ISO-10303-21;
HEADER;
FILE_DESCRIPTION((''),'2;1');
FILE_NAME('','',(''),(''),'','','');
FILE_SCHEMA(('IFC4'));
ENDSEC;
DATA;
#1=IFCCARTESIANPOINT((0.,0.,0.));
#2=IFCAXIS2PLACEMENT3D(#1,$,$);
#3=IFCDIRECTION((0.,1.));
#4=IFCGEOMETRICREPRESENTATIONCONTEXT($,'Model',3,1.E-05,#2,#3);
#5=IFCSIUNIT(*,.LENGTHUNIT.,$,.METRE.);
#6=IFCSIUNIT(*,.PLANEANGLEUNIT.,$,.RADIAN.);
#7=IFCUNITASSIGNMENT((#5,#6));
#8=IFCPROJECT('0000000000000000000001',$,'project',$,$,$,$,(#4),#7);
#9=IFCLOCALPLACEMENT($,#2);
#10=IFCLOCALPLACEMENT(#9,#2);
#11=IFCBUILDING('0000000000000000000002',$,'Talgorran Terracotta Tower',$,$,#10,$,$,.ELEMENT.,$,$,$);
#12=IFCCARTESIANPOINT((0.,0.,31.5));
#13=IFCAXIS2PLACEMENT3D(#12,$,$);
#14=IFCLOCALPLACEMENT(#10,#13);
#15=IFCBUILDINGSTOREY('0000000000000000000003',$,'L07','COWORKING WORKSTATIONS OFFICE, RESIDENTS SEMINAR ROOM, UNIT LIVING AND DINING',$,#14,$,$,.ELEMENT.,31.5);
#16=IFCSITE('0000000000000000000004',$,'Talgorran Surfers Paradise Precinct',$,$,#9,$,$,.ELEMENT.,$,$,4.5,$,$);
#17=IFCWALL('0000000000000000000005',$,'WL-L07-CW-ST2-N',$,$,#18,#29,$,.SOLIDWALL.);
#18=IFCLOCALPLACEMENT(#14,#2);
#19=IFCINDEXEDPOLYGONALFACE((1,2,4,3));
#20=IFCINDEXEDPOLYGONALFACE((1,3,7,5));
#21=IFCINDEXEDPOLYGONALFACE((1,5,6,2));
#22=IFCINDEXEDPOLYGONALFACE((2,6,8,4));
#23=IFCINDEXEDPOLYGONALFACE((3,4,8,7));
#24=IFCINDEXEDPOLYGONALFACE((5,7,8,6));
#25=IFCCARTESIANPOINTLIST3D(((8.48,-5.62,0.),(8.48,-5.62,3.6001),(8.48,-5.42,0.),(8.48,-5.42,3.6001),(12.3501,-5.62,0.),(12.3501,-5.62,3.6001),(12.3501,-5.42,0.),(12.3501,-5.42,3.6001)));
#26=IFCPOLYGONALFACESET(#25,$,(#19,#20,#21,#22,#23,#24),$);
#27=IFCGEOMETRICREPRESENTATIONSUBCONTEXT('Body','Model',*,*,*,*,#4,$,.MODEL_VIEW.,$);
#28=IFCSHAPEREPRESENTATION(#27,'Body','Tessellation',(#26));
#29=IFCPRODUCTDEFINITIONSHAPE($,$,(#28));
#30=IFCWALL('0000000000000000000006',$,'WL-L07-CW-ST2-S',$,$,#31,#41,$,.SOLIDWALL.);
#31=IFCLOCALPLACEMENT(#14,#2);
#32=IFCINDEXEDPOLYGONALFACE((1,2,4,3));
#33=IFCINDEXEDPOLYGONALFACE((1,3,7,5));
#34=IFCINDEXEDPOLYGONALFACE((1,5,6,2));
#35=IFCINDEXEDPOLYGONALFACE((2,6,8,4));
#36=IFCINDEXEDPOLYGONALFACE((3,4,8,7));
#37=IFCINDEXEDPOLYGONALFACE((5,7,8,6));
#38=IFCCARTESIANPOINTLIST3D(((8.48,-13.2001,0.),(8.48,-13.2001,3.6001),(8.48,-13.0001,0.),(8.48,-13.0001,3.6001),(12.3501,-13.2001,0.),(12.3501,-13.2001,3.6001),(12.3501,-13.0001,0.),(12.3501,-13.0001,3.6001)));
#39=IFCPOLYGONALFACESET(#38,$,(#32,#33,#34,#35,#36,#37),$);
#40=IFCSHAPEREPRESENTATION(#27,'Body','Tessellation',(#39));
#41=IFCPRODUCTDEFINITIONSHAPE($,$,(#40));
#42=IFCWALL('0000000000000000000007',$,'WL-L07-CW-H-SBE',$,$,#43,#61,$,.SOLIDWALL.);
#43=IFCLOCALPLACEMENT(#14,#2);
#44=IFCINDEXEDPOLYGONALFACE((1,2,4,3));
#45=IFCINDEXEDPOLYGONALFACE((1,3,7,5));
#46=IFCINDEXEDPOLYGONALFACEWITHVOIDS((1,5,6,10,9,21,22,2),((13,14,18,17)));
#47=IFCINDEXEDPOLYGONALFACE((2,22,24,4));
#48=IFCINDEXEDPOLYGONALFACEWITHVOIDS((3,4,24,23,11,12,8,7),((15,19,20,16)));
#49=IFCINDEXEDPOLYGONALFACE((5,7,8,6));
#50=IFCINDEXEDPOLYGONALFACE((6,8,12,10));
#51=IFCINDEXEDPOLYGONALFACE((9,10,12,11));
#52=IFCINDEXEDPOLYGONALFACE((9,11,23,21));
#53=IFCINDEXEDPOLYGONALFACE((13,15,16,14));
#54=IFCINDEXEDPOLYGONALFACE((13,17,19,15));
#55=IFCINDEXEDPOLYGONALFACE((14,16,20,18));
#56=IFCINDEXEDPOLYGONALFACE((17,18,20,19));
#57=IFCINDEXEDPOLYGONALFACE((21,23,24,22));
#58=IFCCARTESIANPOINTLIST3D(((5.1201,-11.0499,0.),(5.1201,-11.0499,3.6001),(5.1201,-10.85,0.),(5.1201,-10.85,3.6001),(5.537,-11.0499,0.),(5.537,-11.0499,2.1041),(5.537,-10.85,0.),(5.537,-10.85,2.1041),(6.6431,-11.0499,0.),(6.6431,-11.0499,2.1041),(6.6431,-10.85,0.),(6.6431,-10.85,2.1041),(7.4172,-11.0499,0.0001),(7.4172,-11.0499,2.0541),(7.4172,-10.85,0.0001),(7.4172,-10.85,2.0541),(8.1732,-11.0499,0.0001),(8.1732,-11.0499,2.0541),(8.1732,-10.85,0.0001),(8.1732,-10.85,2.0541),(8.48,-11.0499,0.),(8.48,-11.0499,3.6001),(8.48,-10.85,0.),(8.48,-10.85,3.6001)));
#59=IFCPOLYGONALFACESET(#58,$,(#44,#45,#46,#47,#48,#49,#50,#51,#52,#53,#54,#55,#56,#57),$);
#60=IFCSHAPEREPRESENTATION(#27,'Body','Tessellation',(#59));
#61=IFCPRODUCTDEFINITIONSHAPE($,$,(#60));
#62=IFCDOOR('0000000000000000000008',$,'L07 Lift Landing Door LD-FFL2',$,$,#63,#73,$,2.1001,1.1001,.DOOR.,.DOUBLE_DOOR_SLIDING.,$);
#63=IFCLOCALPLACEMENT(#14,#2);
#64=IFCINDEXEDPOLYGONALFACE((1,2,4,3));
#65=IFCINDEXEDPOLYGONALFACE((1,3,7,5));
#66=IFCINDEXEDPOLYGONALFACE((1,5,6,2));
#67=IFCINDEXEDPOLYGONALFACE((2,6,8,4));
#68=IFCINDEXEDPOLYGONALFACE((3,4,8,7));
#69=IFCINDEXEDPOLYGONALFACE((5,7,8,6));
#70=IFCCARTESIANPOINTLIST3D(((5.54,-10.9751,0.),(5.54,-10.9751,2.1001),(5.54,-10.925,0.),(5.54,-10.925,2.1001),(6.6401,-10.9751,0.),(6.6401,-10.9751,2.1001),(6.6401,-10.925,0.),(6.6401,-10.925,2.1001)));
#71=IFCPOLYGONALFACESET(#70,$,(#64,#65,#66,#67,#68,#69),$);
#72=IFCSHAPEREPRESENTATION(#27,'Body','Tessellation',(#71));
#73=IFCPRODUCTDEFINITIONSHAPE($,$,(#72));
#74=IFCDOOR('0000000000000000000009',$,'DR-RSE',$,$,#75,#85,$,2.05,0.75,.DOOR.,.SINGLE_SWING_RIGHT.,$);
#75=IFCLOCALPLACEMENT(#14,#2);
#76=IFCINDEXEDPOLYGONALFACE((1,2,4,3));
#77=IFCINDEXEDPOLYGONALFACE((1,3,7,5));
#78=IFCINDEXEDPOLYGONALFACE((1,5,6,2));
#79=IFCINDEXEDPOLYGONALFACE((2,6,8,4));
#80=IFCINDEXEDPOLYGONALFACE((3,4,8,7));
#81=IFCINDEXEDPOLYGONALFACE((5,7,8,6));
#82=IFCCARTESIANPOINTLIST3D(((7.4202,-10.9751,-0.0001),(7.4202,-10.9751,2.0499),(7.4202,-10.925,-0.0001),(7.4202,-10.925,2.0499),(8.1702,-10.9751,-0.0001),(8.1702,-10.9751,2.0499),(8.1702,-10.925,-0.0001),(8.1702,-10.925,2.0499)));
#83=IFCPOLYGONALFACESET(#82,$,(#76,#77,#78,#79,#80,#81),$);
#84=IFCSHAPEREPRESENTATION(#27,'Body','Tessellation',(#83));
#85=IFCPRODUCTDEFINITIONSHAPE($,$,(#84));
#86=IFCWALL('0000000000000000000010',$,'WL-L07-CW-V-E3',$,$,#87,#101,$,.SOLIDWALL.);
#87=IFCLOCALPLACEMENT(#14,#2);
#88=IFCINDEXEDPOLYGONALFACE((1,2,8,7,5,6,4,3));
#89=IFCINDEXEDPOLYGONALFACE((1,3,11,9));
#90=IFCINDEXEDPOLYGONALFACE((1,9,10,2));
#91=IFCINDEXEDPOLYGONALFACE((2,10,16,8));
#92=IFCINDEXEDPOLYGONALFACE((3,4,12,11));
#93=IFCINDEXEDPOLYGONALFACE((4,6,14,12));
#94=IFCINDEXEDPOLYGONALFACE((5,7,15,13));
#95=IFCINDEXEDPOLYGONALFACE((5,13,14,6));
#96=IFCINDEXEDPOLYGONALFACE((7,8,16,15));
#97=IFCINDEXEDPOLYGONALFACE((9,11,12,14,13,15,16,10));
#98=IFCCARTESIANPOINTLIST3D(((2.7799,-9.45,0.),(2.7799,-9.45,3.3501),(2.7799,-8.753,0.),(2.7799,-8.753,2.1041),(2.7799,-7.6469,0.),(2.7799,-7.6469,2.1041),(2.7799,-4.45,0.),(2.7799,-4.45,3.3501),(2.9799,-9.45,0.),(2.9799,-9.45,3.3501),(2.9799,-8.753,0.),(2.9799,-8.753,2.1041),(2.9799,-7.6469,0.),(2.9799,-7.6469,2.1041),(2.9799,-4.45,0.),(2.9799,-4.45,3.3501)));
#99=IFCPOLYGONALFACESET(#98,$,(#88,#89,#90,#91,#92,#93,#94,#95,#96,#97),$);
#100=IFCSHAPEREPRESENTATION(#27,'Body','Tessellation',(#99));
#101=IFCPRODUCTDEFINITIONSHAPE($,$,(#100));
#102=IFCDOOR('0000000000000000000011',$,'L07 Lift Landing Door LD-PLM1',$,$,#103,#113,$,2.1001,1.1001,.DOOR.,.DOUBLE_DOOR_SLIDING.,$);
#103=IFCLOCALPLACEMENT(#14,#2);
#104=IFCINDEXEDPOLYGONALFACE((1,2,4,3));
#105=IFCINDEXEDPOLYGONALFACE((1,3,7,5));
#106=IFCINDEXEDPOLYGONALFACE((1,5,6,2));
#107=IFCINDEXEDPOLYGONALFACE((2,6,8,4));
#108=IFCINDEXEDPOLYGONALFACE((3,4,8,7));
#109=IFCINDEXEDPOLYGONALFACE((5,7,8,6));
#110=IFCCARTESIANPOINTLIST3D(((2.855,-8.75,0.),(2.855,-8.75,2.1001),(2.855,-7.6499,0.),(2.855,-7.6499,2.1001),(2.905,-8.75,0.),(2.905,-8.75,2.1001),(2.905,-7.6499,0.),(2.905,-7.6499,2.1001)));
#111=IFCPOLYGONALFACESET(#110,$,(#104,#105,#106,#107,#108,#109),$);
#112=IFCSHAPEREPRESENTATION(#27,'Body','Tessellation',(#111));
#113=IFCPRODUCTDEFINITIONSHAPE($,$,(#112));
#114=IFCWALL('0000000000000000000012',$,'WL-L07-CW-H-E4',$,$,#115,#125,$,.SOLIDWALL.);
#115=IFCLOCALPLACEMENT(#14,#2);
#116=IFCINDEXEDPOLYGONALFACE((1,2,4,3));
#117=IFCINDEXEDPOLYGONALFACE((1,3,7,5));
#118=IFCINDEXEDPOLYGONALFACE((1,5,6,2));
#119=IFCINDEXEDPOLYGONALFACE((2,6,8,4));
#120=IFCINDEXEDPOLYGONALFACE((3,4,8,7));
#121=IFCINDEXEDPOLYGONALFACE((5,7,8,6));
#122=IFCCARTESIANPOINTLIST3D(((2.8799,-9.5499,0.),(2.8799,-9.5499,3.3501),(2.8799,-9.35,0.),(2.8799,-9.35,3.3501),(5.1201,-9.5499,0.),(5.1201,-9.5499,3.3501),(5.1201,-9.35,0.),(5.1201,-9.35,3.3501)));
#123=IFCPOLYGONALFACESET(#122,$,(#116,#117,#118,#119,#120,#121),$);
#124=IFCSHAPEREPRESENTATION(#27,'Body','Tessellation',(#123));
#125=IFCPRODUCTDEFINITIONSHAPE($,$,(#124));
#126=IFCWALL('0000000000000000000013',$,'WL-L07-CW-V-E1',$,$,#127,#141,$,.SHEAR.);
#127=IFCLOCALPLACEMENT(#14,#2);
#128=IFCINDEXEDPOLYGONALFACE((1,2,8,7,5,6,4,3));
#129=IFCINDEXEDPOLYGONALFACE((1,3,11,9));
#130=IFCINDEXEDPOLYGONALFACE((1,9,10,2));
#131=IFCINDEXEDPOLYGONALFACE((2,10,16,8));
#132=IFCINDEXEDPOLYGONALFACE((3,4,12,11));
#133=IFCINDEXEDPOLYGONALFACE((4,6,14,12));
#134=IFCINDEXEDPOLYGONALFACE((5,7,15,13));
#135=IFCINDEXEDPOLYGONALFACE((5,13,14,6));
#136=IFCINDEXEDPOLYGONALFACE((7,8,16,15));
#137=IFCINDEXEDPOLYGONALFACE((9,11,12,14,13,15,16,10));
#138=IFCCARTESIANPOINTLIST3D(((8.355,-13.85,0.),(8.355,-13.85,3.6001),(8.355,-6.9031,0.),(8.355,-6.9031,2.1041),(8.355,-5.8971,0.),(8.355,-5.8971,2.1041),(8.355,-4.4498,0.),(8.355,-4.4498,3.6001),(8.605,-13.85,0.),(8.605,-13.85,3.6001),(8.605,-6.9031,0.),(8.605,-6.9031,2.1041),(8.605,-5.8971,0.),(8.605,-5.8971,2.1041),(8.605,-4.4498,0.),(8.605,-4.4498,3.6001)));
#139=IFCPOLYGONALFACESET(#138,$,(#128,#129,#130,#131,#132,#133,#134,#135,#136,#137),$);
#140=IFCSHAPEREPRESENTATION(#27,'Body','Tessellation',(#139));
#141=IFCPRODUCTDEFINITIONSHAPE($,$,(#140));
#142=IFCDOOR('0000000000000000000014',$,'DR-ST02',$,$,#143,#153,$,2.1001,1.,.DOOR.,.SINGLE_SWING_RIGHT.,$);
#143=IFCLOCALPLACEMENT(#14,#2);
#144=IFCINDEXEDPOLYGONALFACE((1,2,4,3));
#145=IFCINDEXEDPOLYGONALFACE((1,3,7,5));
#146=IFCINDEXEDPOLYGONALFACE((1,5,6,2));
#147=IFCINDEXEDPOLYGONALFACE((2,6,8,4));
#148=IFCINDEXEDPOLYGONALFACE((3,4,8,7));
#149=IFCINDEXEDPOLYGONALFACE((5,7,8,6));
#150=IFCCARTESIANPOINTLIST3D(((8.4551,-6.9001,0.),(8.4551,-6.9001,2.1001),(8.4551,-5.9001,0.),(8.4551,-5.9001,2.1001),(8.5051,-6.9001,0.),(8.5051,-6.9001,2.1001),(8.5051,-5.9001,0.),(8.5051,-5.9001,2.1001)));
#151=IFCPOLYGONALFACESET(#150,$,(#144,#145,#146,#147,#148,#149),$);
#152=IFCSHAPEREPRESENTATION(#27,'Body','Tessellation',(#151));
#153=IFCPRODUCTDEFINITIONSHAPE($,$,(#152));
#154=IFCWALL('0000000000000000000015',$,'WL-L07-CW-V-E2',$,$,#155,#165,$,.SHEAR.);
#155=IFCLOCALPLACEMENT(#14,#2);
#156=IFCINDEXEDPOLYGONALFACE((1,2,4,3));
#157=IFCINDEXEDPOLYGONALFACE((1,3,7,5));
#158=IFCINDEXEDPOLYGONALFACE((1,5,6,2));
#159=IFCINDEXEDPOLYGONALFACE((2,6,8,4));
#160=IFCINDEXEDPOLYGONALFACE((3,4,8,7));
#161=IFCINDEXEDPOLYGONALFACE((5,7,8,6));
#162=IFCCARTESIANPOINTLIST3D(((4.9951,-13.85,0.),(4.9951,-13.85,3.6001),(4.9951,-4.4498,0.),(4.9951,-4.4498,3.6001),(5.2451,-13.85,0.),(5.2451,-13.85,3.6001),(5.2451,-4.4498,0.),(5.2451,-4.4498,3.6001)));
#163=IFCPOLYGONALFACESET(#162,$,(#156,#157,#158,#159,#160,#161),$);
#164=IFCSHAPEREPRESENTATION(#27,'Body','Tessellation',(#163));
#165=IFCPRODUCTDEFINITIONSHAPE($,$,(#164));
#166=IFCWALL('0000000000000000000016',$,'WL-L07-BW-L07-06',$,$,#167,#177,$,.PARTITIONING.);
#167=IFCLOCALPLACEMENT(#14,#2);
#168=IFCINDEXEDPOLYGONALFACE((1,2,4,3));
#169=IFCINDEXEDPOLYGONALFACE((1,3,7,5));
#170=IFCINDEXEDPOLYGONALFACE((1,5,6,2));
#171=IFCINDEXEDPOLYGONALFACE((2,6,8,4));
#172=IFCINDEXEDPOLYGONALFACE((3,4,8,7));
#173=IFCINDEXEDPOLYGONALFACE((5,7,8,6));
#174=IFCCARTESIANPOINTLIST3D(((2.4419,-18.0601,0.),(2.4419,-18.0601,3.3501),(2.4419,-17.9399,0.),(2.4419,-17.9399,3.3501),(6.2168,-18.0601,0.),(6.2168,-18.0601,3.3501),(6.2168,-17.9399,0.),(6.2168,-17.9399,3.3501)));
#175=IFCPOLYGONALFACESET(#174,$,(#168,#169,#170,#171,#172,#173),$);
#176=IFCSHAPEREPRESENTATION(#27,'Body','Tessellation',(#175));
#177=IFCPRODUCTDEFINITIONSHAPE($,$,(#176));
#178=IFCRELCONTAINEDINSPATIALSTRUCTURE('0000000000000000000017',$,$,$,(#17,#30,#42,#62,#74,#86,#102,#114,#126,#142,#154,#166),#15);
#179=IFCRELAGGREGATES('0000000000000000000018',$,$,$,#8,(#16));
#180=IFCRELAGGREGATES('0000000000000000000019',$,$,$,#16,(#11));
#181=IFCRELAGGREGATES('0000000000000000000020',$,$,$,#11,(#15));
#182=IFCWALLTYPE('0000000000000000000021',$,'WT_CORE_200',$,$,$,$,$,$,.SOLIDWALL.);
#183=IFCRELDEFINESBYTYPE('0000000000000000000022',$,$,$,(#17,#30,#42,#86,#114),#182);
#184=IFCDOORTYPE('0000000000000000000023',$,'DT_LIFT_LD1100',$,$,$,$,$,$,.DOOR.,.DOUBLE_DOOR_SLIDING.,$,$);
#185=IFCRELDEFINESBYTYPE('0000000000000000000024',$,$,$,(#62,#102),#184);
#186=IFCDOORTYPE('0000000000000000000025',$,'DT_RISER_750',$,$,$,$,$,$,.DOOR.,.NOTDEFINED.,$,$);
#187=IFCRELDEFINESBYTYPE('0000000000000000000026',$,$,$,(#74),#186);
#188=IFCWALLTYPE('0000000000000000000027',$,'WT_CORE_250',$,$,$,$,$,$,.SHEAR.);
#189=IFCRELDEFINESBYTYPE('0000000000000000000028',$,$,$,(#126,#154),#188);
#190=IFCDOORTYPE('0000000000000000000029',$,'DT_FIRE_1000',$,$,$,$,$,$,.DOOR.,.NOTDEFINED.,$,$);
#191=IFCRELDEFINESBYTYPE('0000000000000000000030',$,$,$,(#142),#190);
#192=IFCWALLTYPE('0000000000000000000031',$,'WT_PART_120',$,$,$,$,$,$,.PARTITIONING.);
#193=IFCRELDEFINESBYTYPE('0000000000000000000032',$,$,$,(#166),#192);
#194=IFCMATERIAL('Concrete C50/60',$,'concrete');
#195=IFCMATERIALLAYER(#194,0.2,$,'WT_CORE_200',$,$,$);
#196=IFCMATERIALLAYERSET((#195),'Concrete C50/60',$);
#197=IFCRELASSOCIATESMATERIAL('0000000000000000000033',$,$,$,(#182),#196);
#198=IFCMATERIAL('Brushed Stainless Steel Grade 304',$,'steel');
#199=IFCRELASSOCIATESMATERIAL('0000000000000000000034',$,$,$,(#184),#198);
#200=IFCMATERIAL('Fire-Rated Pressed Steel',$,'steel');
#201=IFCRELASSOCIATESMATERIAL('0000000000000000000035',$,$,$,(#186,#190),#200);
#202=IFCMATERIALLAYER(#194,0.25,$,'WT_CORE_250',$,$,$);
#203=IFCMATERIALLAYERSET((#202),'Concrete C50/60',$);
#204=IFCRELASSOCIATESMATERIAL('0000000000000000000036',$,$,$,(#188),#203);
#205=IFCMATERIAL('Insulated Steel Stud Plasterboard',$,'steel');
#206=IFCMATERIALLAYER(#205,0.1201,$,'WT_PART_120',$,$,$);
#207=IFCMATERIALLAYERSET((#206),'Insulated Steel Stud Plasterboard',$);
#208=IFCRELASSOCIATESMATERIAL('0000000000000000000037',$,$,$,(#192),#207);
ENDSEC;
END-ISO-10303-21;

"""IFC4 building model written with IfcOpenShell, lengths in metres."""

from ifc_helpers import new_model, si_unit, direction, frame, frame_2d, origin, place, context, subcontext, project, spatial, rectangle, extrude, material, layer, layer_set, type_object, element, fill, save


model = new_model("IFC4")

# Units and contexts
model_context = context("Model", 3, precision=1e-05, world=origin(), true_north=direction((0.0, 1.0)))
body_context = subcontext(model_context, "Body", "Model", "MODEL_VIEW")
ifc_project = project(units=[si_unit("LENGTHUNIT", "METRE"), si_unit("PLANEANGLEUNIT", "RADIAN")], contexts=[model_context])

# Site, building, storey
site_placement = place(None, origin())
site = spatial("IfcSite", under=ifc_project, at=site_placement, Name="Talgorran Surfers Paradise Precinct", CompositionType="ELEMENT", RefElevation=4.5)
building_placement = place(site_placement, origin())
building = spatial("IfcBuilding", under=site, at=building_placement, Name="Talgorran Terracotta Tower", CompositionType="ELEMENT")
storey_placement = place(building_placement, frame((0.0, 0.0, 31.5)))
storey = spatial("IfcBuildingStorey", under=building, at=storey_placement, Name="L07", Description="COWORKING WORKSTATIONS OFFICE, RESIDENTS SEMINAR ROOM, UNIT LIVING AND DINING", CompositionType="ELEMENT", Elevation=31.5)

# Walls
ifc_material_1 = material(Name="Concrete C50/60", Category="concrete")
ifc_layer_1 = layer(ifc_material_1, 0.2, Name="WT_CORE_200")
ifc_layer_set_1 = layer_set([ifc_layer_1], Name="Concrete C50/60")
wall_type_1 = type_object("IfcWallType", Name="WT_CORE_200", PredefinedType="SOLIDWALL", material=ifc_layer_set_1)
for number, where, z_axis, x_axis, name in (
    (1, (8.48, -5.52, 0.0), (0.0, 0.0, 1.0), (1.0, 0.0, 0.0), "WL-L07-CW-ST2-N"),
    (2, (8.48, -13.1001, 0.0), (0.0, 0.0, 1.0), (1.0, 0.0, 0.0), "WL-L07-CW-ST2-S"),
):
    element("IfcWall", number, at=place(storey_placement, frame(where, z_axis=z_axis, x_axis=x_axis)), inside=storey, type_object=wall_type_1, Name=name, PredefinedType="SOLIDWALL", context=body_context, shape_type="SweptSolid", body=[
        extrude(rectangle(XDim=3.8701, YDim=0.2, at=frame_2d((1.9351, 0.0))), origin(), (0.0, 0.0, 1.0), 3.6001),
    ])

# Wall, openings, doors
wall_1_placement = place(storey_placement, frame((5.1201, -10.95, 0.0), z_axis=(0.0, 0.0, 1.0), x_axis=(1.0, 0.0, 0.0)))
wall_1 = element("IfcWall", 3, at=wall_1_placement, inside=storey, type_object=wall_type_1, Name="WL-L07-CW-H-SBE", PredefinedType="SOLIDWALL", context=body_context, shape_type="SweptSolid", body=[
    extrude(rectangle(XDim=3.3599, YDim=0.2, at=frame_2d((1.6799, 0.0))), origin(), (0.0, 0.0, 1.0), 3.6001),
])
opening_1_placement = place(wall_1_placement, frame((0.4199, 0.0, 0.0)))
opening_1 = element("IfcOpeningElement", 4, at=opening_1_placement, cuts=wall_1, PredefinedType="OPENING", context=body_context, shape_type="SweptSolid", body=[
    extrude(rectangle(XDim=1.1061, YDim=2.1041, at=frame_2d((0.55, 1.052))), frame((0.0, 0.1099, 0.0), z_axis=(0.0, -1.0, 0.0), x_axis=(1.0, 0.0, 0.0)), (0.0, 0.0, 1.0), 0.22),
])
opening_2_placement = place(wall_1_placement, frame((2.3, 0.0, 0.0)))
opening_2 = element("IfcOpeningElement", 5, at=opening_2_placement, cuts=wall_1, PredefinedType="OPENING", context=body_context, shape_type="SweptSolid", body=[
    extrude(rectangle(XDim=0.756, YDim=2.054, at=frame_2d((0.375, 1.0271))), frame((0.0, 0.1099, 0.0), z_axis=(0.0, -1.0, 0.0), x_axis=(1.0, 0.0, 0.0)), (0.0, 0.0, 1.0), 0.22),
])
ifc_material_2 = material(Name="Brushed Stainless Steel Grade 304", Category="steel")
door_type_1 = type_object("IfcDoorType", Name="DT_LIFT_LD1100", OperationType="DOUBLE_DOOR_SLIDING", PredefinedType="DOOR", material=ifc_material_2)
door_1_placement = place(opening_1_placement, origin())
door_1 = element("IfcDoor", 6, at=door_1_placement, inside=storey, type_object=door_type_1, Name="L07 Lift Landing Door LD-FFL2", OperationType="DOUBLE_DOOR_SLIDING", OverallHeight=2.1001, OverallWidth=1.1001, PredefinedType="DOOR", context=body_context, shape_type="SweptSolid", body=[
    extrude(rectangle(XDim=1.1001, YDim=2.1001, at=frame_2d((0.55, 1.05))), frame((0.0, 0.0249, 0.0), z_axis=(0.0, -1.0, 0.0), x_axis=(1.0, 0.0, 0.0)), (0.0, 0.0, 1.0), 0.05),
])
fill(opening_1, door_1)
ifc_material_3 = material(Name="Fire-Rated Pressed Steel", Category="steel")
door_type_2 = type_object("IfcDoorType", Name="DT_RISER_750", OperationType="NOTDEFINED", PredefinedType="DOOR", material=ifc_material_3)
door_2_placement = place(opening_2_placement, origin())
door_2 = element("IfcDoor", 7, at=door_2_placement, inside=storey, type_object=door_type_2, Name="DR-RSE", OperationType="SINGLE_SWING_RIGHT", OverallHeight=2.05, OverallWidth=0.75, PredefinedType="DOOR", context=body_context, shape_type="SweptSolid", body=[
    extrude(rectangle(XDim=0.75, YDim=2.05, at=frame_2d((0.375, 1.0249))), frame((0.0, 0.0249, 0.0), z_axis=(0.0, -1.0, 0.0), x_axis=(1.0, 0.0, 0.0)), (0.0, 0.0, 1.0), 0.05),
])
fill(opening_2, door_2)

# Wall, opening, door
wall_2_placement = place(storey_placement, frame((2.8799, -9.45, 0.0), z_axis=(0.0, 0.0, 1.0), x_axis=(0.0, 1.0, 0.0)))
wall_2 = element("IfcWall", 8, at=wall_2_placement, inside=storey, type_object=wall_type_1, Name="WL-L07-CW-V-E3", PredefinedType="SOLIDWALL", context=body_context, shape_type="SweptSolid", body=[
    extrude(rectangle(XDim=5.0, YDim=0.2, at=frame_2d((2.5, 0.0))), origin(), (0.0, 0.0, 1.0), 3.3501),
])
opening_3_placement = place(wall_2_placement, frame((0.7, 0.0, 0.0)))
opening_3 = element("IfcOpeningElement", 9, at=opening_3_placement, cuts=wall_2, PredefinedType="OPENING", context=body_context, shape_type="SweptSolid", body=[
    extrude(rectangle(XDim=1.1061, YDim=2.1041, at=frame_2d((0.55, 1.052))), frame((0.0, 0.1099, 0.0), z_axis=(0.0, -1.0, 0.0), x_axis=(1.0, 0.0, 0.0)), (0.0, 0.0, 1.0), 0.22),
])
door_3_placement = place(opening_3_placement, origin())
door_3 = element("IfcDoor", 10, at=door_3_placement, inside=storey, type_object=door_type_1, Name="L07 Lift Landing Door LD-PLM1", OperationType="DOUBLE_DOOR_SLIDING", OverallHeight=2.1001, OverallWidth=1.1001, PredefinedType="DOOR", context=body_context, shape_type="SweptSolid", body=[
    extrude(rectangle(XDim=1.1001, YDim=2.1001, at=frame_2d((0.55, 1.05))), frame((0.0, 0.0249, 0.0), z_axis=(0.0, -1.0, 0.0), x_axis=(1.0, 0.0, 0.0)), (0.0, 0.0, 1.0), 0.05),
])
fill(opening_3, door_3)

# Wall
wall_3_placement = place(storey_placement, frame((2.8799, -9.45, 0.0), z_axis=(0.0, 0.0, 1.0), x_axis=(1.0, 0.0, 0.0)))
element("IfcWall", 11, at=wall_3_placement, inside=storey, type_object=wall_type_1, Name="WL-L07-CW-H-E4", PredefinedType="SOLIDWALL", context=body_context, shape_type="SweptSolid", body=[
    extrude(rectangle(XDim=2.2402, YDim=0.2, at=frame_2d((1.1201, 0.0))), origin(), (0.0, 0.0, 1.0), 3.3501),
])

# Wall, opening, door
ifc_layer_2 = layer(ifc_material_1, 0.25, Name="WT_CORE_250")
ifc_layer_set_2 = layer_set([ifc_layer_2], Name="Concrete C50/60")
wall_type_2 = type_object("IfcWallType", Name="WT_CORE_250", PredefinedType="SHEAR", material=ifc_layer_set_2)
wall_4_placement = place(storey_placement, frame((8.48, -13.8501, 0.0), z_axis=(0.0, 0.0, 1.0), x_axis=(0.0, 1.0, 0.0)))
wall_4 = element("IfcWall", 12, at=wall_4_placement, inside=storey, type_object=wall_type_2, Name="WL-L07-CW-V-E1", PredefinedType="SHEAR", context=body_context, shape_type="SweptSolid", body=[
    extrude(rectangle(XDim=9.4001, YDim=0.25, at=frame_2d((4.7002, 0.0))), origin(), (0.0, 0.0, 1.0), 3.6001),
])
opening_4_placement = place(wall_4_placement, frame((6.95, 0.0, 0.0)))
opening_4 = element("IfcOpeningElement", 13, at=opening_4_placement, cuts=wall_4, PredefinedType="OPENING", context=body_context, shape_type="SweptSolid", body=[
    extrude(rectangle(XDim=1.006, YDim=2.1041, at=frame_2d((0.5, 1.052))), frame((0.0, 0.135, 0.0), z_axis=(0.0, -1.0, 0.0), x_axis=(1.0, 0.0, 0.0)), (0.0, 0.0, 1.0), 0.27),
])
door_type_3 = type_object("IfcDoorType", Name="DT_FIRE_1000", OperationType="NOTDEFINED", PredefinedType="DOOR", material=ifc_material_3)
door_4_placement = place(opening_4_placement, origin())
door_4 = element("IfcDoor", 14, at=door_4_placement, inside=storey, type_object=door_type_3, Name="DR-ST02", OperationType="SINGLE_SWING_RIGHT", OverallHeight=2.1001, OverallWidth=1.0, PredefinedType="DOOR", context=body_context, shape_type="SweptSolid", body=[
    extrude(rectangle(XDim=1.0, YDim=2.1001, at=frame_2d((0.5, 1.05))), frame((0.0, 0.0249, 0.0), z_axis=(0.0, -1.0, 0.0), x_axis=(1.0, 0.0, 0.0)), (0.0, 0.0, 1.0), 0.05),
])
fill(opening_4, door_4)

# Walls
wall_5_placement = place(storey_placement, frame((5.1201, -13.8501, 0.0), z_axis=(0.0, 0.0, 1.0), x_axis=(0.0, 1.0, 0.0)))
element("IfcWall", 15, at=wall_5_placement, inside=storey, type_object=wall_type_2, Name="WL-L07-CW-V-E2", PredefinedType="SHEAR", context=body_context, shape_type="SweptSolid", body=[
    extrude(rectangle(XDim=9.4001, YDim=0.25, at=frame_2d((4.7002, 0.0))), origin(), (0.0, 0.0, 1.0), 3.6001),
])
ifc_material_4 = material(Name="Insulated Steel Stud Plasterboard", Category="steel")
ifc_layer_3 = layer(ifc_material_4, 0.1201, Name="WT_PART_120")
ifc_layer_set_3 = layer_set([ifc_layer_3], Name="Insulated Steel Stud Plasterboard")
wall_type_3 = type_object("IfcWallType", Name="WT_PART_120", PredefinedType="PARTITIONING", material=ifc_layer_set_3)
wall_6_placement = place(storey_placement, frame((2.4419, -18.0, 0.0), z_axis=(0.0, 0.0, 1.0), x_axis=(1.0, 0.0, 0.0)))
element("IfcWall", 16, at=wall_6_placement, inside=storey, type_object=wall_type_3, Name="WL-L07-BW-L07-06", PredefinedType="PARTITIONING", context=body_context, shape_type="SweptSolid", body=[
    extrude(rectangle(XDim=3.7749, YDim=0.1201, at=frame_2d((1.8875, 0.0))), origin(), (0.0, 0.0, 1.0), 3.3501),
])

save(model, "model.ifc")
